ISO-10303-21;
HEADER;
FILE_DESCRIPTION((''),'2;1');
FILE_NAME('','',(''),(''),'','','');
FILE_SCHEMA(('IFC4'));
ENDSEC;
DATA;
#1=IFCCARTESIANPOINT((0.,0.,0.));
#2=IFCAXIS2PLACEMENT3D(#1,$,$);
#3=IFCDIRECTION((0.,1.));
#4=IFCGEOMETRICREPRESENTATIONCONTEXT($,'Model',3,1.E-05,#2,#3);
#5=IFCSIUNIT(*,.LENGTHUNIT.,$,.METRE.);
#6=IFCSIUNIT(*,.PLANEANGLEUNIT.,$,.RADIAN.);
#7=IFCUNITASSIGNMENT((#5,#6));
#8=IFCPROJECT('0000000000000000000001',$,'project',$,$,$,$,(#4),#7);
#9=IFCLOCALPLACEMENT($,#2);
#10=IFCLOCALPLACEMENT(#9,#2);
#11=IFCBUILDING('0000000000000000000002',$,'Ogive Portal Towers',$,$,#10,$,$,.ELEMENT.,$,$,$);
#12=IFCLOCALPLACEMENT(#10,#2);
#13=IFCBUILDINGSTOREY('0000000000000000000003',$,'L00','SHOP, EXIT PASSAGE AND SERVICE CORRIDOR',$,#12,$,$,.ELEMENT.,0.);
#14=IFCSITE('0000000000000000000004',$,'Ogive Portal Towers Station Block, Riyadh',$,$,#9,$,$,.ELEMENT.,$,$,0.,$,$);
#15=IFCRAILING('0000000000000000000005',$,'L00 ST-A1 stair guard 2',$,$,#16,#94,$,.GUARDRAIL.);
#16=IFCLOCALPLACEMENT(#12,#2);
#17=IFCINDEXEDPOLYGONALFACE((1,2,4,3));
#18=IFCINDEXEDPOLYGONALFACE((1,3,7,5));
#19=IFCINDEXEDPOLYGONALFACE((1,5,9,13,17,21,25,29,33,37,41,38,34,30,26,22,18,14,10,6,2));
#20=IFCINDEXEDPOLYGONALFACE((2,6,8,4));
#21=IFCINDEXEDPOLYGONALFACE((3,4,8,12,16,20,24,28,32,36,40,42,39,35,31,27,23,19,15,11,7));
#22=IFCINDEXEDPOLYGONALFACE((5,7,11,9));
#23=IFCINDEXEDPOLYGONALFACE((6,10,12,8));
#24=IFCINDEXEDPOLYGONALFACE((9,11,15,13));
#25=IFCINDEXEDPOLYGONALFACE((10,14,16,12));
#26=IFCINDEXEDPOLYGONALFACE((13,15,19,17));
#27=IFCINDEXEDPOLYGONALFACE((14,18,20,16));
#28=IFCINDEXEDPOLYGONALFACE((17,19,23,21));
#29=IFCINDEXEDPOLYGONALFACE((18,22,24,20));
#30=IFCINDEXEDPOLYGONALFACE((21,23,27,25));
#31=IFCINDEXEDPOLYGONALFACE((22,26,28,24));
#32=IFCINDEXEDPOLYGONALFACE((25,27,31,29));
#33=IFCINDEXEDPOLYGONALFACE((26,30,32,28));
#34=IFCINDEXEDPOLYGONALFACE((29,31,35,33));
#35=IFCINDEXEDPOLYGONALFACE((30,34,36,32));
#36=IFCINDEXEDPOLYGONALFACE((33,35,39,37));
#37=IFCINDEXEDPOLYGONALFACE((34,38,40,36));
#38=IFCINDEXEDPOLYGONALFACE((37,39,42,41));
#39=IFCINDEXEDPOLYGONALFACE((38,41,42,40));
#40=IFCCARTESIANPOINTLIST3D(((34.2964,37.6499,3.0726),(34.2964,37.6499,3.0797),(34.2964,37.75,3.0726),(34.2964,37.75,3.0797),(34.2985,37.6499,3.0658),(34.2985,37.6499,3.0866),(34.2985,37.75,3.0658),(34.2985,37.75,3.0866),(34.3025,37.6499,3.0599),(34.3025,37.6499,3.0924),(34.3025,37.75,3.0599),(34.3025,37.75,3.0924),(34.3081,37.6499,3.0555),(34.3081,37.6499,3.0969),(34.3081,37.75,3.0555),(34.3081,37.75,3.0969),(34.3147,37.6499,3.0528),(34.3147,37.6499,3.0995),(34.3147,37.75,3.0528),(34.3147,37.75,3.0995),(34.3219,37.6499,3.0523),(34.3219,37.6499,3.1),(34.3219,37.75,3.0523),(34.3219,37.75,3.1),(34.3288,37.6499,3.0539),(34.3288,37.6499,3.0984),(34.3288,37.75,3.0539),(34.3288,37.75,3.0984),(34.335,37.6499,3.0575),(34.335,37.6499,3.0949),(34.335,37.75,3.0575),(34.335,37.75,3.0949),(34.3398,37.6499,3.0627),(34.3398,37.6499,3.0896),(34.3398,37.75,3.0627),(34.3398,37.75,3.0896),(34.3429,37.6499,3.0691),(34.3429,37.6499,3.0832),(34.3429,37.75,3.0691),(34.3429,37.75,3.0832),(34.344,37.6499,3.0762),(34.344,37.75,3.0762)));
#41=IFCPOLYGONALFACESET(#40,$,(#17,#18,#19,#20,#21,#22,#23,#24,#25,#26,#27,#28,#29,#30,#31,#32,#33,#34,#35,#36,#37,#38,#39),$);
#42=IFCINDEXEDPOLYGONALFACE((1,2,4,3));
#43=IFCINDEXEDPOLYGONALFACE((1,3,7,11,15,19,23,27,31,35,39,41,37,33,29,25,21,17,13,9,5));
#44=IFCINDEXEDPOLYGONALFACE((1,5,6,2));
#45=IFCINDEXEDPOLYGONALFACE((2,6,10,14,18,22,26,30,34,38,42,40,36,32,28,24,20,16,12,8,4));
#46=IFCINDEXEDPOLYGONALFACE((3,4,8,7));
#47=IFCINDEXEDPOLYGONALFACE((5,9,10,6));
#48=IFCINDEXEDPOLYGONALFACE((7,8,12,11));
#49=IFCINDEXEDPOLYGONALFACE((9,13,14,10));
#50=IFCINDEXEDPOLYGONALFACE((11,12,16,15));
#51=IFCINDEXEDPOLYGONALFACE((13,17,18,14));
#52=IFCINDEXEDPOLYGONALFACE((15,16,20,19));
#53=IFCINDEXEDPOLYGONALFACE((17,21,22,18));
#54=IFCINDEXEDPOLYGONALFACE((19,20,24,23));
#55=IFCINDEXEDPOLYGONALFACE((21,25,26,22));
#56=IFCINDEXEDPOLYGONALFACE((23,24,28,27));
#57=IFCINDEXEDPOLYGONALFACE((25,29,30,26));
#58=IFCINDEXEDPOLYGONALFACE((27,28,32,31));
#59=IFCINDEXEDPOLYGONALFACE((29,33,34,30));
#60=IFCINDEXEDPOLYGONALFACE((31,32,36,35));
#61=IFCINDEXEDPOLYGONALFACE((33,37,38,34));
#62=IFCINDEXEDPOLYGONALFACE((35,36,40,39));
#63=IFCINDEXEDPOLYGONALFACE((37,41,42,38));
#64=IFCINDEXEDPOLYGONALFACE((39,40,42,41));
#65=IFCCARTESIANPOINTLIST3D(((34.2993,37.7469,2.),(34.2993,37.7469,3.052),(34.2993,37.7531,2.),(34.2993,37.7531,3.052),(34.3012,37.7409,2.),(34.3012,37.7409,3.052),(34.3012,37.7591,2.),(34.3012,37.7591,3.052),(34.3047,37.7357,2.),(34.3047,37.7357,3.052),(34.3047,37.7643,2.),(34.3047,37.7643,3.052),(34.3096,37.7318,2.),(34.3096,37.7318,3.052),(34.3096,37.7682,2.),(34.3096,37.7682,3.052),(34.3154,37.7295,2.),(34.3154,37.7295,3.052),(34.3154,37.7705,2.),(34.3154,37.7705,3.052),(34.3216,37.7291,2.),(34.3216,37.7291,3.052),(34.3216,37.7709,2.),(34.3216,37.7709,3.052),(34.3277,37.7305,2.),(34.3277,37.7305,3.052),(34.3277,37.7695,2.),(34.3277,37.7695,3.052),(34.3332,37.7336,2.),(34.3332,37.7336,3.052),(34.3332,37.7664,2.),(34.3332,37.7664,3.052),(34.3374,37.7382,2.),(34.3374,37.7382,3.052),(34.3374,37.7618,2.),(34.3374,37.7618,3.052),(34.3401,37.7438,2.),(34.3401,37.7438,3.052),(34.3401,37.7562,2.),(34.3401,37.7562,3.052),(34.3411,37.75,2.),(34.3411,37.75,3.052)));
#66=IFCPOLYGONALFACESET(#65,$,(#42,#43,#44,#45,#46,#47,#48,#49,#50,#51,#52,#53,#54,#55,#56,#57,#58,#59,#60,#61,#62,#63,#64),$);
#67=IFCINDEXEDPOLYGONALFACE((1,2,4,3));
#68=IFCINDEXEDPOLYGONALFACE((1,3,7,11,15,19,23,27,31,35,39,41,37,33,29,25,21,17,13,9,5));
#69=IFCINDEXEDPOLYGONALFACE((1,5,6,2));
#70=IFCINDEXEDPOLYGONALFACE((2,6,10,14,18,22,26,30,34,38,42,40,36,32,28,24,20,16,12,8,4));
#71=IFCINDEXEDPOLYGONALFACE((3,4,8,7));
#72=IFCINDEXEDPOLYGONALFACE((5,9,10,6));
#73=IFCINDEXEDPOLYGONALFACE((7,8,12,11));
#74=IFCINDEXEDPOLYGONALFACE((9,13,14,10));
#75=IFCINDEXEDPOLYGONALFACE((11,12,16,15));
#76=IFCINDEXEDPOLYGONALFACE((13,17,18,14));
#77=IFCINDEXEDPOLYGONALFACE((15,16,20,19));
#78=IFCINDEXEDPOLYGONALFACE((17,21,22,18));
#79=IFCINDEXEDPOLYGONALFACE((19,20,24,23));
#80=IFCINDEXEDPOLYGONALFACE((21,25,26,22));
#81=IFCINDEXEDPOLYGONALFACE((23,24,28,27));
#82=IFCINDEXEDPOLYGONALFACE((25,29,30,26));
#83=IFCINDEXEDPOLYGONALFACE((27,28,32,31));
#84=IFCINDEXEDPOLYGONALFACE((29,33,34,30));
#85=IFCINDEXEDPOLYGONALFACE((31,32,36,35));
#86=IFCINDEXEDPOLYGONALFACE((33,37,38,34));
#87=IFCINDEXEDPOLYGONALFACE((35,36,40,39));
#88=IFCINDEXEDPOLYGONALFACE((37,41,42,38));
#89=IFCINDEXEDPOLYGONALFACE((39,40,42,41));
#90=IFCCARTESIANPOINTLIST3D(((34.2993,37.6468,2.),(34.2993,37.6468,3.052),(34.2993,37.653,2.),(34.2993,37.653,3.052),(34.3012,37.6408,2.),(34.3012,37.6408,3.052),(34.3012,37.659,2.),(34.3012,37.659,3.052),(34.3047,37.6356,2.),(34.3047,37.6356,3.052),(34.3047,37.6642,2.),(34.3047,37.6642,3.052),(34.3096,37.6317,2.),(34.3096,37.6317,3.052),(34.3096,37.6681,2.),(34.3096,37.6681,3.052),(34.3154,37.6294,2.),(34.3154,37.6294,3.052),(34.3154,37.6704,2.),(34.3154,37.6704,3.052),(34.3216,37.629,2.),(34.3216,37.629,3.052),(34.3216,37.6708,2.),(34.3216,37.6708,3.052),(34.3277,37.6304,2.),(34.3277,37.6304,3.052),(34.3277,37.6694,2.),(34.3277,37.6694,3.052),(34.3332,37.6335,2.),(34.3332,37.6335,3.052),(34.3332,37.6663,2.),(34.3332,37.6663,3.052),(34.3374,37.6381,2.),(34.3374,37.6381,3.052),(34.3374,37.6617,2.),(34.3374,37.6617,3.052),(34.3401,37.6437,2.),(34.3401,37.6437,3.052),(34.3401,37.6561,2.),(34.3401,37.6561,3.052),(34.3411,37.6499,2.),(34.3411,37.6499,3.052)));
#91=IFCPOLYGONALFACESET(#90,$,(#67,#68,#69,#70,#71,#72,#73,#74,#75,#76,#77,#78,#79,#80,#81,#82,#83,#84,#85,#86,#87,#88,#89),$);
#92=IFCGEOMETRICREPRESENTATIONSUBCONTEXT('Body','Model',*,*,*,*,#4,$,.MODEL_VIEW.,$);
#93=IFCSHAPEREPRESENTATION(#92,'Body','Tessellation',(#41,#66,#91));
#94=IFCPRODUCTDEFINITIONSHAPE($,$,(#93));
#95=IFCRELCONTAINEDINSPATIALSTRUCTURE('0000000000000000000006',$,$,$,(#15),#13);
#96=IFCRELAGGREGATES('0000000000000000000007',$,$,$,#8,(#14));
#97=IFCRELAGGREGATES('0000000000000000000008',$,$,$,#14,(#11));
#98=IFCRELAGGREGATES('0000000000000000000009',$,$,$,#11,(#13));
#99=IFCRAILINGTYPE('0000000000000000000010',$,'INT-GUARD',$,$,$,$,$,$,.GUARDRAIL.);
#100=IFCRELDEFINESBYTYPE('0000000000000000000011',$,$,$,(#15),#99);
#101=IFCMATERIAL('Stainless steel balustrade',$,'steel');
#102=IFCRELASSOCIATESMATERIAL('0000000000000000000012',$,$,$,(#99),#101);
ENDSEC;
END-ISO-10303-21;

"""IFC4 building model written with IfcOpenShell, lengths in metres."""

from ifc_helpers import new_model, si_unit, direction, frame, origin, origin_2d, place, context, subcontext, project, spatial, circle, extrude, material, type_object, element, save


model = new_model("IFC4")

# Units and contexts
model_context = context("Model", 3, precision=1e-05, world=origin(), true_north=direction((0.0, 1.0)))
body_context = subcontext(model_context, "Body", "Model", "MODEL_VIEW")
ifc_project = project(units=[si_unit("LENGTHUNIT", "METRE"), si_unit("PLANEANGLEUNIT", "RADIAN")], contexts=[model_context])

# Site, building, storey
site_placement = place(None, origin())
site = spatial("IfcSite", under=ifc_project, at=site_placement, Name="Ogive Portal Towers Station Block, Riyadh", CompositionType="ELEMENT", RefElevation=0.0)
building_placement = place(site_placement, origin())
building = spatial("IfcBuilding", under=site, at=building_placement, Name="Ogive Portal Towers", CompositionType="ELEMENT")
storey_placement = place(building_placement, origin())
storey = spatial("IfcBuildingStorey", under=building, at=storey_placement, Name="L00", Description="SHOP, EXIT PASSAGE AND SERVICE CORRIDOR", CompositionType="ELEMENT", Elevation=0.0)

# Railing
ifc_material_1 = material(Name="Stainless steel balustrade", Category="steel")
railing_type_1 = type_object("IfcRailingType", Name="INT-GUARD", PredefinedType="GUARDRAIL", material=ifc_material_1)
railing_1_placement = place(storey_placement, frame((34.3201, 37.75, 2.0)))
element("IfcRailing", 1, at=railing_1_placement, inside=storey, type_object=railing_type_1, Name="L00 ST-A1 stair guard 2", PredefinedType="GUARDRAIL", context=body_context, shape_type="SweptSolid", body=[
    extrude(circle(Radius=0.0239, at=origin_2d()), frame((0.0, 0.0, 1.0762), z_axis=(0.0, -1.0, 0.0), x_axis=(1.0, 0.0, 0.0)), (0.0, 0.0, 1.0), 0.1001),
    extrude(circle(Radius=0.021, at=origin_2d()), origin(), (0.0, 0.0, 1.0), 1.052),
    extrude(circle(Radius=0.021, at=origin_2d()), frame((0.0, -0.1001, 0.0)), (0.0, 0.0, 1.0), 1.052),
])

save(model, "model.ifc")
